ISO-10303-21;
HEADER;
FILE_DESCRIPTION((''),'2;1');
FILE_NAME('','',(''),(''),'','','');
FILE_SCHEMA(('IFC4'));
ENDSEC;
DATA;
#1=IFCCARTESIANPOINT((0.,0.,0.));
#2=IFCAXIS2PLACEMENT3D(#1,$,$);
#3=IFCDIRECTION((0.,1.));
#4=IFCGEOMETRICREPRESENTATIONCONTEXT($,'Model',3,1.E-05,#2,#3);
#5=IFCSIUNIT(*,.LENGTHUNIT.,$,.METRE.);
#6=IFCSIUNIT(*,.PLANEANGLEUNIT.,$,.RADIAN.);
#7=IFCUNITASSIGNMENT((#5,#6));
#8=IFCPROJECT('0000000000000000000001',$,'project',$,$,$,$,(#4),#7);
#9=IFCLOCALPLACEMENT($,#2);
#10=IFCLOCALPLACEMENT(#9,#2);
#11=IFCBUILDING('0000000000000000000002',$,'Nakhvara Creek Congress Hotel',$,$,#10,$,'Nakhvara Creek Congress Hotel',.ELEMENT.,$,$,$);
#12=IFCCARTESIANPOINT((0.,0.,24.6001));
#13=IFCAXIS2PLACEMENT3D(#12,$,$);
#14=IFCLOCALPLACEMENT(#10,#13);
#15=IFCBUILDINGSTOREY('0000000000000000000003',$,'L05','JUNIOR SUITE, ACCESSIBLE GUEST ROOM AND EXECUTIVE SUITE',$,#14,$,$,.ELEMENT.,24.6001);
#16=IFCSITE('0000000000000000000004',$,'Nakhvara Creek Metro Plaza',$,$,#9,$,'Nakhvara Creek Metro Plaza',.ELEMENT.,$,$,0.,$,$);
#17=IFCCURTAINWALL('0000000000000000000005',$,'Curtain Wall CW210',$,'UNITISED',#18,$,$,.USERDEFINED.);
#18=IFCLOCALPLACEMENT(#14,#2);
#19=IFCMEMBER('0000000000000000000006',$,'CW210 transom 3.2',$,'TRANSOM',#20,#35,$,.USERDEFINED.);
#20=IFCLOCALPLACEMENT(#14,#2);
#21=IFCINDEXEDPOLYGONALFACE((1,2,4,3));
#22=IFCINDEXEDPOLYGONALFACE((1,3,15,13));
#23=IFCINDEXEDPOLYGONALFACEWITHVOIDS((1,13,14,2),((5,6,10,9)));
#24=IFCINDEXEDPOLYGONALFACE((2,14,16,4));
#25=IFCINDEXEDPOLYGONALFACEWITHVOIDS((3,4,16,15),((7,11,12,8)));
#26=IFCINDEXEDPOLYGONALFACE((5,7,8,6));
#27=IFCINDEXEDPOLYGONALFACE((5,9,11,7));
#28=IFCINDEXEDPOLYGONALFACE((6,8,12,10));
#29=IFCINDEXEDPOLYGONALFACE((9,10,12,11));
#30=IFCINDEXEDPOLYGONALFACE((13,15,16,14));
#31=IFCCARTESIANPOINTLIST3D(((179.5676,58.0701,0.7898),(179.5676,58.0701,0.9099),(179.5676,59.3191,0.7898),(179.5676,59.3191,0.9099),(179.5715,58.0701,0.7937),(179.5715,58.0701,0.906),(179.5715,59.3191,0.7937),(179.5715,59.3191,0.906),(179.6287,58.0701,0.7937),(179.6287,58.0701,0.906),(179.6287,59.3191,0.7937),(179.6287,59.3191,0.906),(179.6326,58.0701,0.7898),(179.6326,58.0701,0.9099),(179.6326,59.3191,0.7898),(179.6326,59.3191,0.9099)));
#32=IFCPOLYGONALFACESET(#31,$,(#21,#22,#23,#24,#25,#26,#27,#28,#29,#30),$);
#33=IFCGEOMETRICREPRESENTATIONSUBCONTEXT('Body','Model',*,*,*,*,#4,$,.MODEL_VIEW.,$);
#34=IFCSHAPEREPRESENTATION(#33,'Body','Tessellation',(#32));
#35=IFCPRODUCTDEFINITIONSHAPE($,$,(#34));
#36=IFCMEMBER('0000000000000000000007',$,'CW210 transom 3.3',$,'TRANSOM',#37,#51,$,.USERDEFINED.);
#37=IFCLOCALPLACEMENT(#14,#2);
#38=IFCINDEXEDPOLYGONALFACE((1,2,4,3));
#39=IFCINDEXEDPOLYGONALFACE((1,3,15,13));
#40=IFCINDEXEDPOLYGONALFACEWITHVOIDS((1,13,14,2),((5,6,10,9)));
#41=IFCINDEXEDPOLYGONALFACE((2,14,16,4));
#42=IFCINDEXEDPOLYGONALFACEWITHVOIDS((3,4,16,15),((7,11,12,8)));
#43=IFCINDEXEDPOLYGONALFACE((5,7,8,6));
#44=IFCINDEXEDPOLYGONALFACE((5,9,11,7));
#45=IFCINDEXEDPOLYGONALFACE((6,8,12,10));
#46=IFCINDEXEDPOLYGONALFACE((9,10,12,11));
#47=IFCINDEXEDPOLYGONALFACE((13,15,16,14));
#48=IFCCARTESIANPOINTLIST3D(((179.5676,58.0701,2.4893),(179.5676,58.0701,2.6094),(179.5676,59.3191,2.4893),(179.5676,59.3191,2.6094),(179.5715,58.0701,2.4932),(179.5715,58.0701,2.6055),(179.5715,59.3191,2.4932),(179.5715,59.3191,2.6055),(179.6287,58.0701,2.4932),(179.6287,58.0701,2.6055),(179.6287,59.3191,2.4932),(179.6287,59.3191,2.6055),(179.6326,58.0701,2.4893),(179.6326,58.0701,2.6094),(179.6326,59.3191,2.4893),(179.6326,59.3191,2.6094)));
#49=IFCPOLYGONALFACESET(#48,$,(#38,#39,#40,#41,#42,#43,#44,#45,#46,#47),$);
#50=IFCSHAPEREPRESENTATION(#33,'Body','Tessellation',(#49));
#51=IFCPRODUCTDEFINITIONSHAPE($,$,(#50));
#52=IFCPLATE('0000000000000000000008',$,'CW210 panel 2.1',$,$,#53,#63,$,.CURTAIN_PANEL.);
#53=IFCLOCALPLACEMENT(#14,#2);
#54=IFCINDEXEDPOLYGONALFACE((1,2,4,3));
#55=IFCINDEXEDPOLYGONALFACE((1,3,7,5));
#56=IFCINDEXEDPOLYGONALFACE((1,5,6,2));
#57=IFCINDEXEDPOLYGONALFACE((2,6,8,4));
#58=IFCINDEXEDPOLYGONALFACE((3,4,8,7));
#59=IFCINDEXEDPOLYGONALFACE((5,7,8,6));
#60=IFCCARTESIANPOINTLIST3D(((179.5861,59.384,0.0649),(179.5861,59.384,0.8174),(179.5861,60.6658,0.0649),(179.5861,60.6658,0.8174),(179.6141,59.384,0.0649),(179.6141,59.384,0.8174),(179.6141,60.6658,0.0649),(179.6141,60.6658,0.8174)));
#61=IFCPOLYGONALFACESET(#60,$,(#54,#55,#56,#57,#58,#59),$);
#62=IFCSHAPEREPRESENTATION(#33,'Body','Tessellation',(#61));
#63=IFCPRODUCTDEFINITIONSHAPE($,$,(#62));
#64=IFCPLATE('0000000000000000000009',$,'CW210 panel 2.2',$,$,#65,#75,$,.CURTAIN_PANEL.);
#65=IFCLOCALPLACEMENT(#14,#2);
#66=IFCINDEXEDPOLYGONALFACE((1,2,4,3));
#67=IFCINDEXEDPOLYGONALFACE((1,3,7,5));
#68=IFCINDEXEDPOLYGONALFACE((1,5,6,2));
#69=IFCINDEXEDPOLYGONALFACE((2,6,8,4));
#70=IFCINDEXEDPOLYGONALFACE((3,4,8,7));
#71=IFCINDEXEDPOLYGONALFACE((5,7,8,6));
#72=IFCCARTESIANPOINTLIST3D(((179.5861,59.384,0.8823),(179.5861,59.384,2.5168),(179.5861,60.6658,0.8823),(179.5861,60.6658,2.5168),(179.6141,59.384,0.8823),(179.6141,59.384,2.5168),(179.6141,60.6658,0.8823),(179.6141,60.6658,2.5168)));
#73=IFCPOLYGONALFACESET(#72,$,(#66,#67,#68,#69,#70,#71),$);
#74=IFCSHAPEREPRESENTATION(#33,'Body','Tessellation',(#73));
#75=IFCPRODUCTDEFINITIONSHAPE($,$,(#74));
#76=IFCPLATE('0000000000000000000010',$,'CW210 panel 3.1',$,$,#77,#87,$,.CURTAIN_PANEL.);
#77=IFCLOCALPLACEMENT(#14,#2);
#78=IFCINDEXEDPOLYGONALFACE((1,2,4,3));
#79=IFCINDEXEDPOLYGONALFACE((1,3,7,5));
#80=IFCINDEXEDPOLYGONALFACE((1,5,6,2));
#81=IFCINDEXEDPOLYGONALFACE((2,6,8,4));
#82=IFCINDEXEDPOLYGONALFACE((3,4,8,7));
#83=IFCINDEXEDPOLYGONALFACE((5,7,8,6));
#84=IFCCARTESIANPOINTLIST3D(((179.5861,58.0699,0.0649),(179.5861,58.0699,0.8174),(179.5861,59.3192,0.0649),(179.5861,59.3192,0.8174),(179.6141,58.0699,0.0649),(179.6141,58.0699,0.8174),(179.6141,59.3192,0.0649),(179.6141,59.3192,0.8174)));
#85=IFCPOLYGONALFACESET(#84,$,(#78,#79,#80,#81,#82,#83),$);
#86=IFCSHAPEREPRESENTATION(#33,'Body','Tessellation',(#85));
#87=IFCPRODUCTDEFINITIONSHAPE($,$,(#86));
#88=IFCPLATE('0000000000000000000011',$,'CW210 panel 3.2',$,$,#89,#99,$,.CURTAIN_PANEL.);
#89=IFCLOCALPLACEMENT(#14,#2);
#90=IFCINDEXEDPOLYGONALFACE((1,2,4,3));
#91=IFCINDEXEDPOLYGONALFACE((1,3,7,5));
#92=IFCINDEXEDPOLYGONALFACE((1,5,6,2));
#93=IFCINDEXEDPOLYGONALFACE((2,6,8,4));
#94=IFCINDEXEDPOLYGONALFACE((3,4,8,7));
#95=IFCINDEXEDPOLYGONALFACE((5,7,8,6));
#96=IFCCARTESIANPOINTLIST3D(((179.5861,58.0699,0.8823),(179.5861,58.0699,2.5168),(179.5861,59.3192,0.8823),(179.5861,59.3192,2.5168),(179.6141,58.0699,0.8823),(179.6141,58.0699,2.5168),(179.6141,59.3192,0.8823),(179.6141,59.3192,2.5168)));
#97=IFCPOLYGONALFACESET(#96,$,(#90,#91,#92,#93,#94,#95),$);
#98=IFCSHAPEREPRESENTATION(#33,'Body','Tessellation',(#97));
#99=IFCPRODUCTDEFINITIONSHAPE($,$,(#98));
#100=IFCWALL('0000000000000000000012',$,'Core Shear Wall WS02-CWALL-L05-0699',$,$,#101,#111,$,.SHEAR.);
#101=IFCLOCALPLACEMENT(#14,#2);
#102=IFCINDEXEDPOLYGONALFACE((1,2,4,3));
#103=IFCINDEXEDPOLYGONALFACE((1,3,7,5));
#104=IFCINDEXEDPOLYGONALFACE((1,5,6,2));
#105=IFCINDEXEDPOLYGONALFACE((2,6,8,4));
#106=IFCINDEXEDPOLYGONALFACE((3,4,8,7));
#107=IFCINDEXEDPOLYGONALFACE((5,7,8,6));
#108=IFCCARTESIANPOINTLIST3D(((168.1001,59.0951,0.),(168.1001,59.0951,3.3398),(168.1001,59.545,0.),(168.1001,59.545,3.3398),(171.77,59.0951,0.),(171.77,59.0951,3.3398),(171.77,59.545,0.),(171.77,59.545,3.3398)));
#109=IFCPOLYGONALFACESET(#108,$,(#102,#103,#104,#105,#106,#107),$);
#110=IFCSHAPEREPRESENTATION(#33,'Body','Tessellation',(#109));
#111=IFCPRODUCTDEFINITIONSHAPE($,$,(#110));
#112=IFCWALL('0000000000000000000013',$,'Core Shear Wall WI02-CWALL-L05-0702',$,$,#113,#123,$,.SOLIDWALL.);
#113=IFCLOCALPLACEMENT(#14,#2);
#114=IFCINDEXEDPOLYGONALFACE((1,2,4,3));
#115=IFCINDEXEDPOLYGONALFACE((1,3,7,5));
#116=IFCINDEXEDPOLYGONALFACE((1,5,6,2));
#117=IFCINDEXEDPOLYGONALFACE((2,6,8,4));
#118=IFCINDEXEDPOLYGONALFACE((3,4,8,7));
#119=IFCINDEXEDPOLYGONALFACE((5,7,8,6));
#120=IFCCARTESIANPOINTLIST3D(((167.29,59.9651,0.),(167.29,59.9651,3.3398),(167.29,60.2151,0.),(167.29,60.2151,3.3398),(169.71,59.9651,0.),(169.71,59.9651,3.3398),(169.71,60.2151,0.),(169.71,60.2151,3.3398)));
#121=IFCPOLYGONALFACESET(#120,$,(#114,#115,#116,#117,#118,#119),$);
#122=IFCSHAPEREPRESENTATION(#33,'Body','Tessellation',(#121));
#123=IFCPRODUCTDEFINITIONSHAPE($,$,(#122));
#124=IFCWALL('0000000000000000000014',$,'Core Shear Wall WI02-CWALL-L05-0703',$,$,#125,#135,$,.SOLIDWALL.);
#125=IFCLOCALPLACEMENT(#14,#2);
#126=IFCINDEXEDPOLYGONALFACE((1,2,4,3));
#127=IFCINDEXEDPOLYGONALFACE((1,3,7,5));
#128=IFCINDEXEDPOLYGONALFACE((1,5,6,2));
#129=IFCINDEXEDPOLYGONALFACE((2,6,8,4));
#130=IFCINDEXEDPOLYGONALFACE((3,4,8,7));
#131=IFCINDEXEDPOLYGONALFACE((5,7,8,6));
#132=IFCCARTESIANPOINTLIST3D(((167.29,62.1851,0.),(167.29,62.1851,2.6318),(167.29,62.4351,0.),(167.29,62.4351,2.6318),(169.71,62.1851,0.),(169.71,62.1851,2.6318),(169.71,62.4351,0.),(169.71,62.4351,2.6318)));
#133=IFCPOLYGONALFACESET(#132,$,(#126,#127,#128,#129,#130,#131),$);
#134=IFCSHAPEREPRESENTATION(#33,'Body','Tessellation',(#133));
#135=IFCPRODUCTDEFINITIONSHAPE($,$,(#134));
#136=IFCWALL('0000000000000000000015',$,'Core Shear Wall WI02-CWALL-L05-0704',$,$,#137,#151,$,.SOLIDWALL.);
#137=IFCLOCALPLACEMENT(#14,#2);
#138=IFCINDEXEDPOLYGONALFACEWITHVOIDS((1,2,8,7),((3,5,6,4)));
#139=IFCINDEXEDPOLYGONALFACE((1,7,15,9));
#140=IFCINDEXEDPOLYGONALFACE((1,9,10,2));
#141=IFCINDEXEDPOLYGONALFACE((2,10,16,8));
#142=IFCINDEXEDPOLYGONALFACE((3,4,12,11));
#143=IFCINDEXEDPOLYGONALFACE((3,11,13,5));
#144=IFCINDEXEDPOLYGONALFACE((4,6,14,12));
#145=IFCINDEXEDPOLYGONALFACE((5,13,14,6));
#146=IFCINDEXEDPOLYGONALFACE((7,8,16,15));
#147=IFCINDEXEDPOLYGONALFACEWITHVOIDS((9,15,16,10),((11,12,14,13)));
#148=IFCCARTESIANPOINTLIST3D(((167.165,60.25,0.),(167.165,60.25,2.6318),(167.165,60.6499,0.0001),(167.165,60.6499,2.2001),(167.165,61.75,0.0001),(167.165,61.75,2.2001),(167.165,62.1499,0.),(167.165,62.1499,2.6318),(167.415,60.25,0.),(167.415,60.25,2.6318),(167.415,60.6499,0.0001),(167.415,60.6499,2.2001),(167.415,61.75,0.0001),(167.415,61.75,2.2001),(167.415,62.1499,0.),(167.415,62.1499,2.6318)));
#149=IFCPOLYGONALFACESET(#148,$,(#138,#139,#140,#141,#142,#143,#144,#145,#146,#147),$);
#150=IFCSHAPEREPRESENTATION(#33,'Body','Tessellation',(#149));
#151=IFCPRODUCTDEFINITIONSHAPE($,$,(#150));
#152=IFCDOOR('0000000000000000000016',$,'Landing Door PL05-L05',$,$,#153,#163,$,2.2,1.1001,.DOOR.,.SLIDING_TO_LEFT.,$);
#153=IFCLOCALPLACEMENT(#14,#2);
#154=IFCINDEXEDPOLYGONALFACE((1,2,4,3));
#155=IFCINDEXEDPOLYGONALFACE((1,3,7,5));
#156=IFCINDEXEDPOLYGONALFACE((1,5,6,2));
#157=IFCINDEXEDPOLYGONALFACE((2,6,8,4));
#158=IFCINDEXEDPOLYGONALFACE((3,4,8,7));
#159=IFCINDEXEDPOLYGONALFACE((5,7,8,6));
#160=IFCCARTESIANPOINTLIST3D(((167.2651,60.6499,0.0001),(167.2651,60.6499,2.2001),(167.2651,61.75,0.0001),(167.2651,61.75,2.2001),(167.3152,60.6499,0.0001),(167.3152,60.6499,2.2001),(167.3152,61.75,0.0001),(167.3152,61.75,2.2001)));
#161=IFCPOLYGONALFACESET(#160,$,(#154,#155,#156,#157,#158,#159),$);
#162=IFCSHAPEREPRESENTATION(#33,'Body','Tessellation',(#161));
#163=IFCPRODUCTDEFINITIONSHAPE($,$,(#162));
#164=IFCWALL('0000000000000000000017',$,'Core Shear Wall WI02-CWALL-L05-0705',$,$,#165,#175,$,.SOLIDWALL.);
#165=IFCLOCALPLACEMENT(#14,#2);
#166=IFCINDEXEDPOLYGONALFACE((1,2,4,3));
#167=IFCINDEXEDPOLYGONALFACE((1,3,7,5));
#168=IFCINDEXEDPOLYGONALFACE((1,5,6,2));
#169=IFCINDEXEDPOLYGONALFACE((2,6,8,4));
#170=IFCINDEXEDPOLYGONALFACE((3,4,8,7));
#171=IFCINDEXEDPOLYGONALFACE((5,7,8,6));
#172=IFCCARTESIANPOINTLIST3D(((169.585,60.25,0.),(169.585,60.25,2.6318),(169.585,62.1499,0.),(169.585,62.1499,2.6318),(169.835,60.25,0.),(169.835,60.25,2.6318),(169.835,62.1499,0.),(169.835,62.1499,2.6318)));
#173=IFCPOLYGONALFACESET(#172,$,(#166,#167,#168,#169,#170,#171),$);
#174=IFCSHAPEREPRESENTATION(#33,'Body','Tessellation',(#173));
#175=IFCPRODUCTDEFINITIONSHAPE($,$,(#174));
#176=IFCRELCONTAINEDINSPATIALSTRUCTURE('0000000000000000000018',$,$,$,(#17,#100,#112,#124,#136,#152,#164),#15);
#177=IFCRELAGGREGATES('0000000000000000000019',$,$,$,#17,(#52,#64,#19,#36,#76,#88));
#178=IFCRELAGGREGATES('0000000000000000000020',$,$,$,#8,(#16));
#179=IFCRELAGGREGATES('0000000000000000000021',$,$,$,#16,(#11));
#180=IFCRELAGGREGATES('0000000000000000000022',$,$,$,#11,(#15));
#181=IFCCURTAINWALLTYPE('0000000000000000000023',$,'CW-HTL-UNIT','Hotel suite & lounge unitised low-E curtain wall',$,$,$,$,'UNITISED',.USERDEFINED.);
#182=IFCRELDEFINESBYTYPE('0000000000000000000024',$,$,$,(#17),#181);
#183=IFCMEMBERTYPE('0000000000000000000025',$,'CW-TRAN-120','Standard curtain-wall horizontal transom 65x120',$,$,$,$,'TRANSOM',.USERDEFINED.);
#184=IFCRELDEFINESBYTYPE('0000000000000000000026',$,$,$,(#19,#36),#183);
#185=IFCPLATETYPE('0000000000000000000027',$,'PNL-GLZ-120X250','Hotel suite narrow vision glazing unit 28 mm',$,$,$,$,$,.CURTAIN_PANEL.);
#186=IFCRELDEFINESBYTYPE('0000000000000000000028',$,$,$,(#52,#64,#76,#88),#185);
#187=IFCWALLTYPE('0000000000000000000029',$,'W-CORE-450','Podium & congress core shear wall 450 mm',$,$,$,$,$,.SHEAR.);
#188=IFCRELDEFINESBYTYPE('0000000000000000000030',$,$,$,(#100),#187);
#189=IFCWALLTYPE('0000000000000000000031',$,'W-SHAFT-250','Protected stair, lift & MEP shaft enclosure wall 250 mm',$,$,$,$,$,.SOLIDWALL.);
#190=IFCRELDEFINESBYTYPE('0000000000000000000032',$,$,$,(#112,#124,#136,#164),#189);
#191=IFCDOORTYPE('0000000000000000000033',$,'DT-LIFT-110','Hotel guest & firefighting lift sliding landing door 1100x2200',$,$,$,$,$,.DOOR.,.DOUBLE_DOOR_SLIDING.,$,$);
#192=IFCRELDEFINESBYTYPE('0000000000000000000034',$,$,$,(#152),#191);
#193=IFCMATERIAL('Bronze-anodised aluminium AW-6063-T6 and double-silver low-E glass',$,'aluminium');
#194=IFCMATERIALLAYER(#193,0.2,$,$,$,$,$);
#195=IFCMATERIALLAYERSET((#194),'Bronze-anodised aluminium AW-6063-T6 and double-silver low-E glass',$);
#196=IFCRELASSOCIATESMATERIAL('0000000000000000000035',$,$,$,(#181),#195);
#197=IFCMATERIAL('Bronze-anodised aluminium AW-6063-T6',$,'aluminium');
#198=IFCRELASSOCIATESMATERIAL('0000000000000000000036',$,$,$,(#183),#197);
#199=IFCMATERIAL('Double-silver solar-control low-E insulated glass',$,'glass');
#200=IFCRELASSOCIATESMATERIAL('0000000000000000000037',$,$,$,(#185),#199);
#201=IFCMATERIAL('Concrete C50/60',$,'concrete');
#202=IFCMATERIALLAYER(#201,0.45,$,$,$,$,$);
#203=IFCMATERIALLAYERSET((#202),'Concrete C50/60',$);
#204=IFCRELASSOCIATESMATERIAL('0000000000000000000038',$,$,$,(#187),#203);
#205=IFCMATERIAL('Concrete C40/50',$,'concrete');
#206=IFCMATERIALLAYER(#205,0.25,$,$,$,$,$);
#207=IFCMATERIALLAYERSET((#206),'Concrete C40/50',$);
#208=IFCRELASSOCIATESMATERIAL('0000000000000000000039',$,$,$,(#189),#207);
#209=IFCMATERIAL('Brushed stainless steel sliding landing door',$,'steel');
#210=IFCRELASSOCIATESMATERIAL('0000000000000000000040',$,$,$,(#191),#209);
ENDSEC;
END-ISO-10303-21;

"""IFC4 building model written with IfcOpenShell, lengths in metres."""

from ifc_helpers import new_model, si_unit, direction, frame, frame_2d, origin, origin_2d, place, context, subcontext, project, spatial, rectangle, hollow_rectangle, extrude, material, layer, layer_set, material_profile, profile_set, type_object, element, fill, aggregate, save


model = new_model("IFC4")

# Units and contexts
model_context = context("Model", 3, precision=1e-05, world=origin(), true_north=direction((0.0, 1.0)))
body_context = subcontext(model_context, "Body", "Model", "MODEL_VIEW")
ifc_project = project(units=[si_unit("LENGTHUNIT", "METRE"), si_unit("PLANEANGLEUNIT", "RADIAN")], contexts=[model_context])

# Site, building, storey
site_placement = place(None, origin())
site = spatial("IfcSite", under=ifc_project, at=site_placement, Name="Nakhvara Creek Metro Plaza", LongName="Nakhvara Creek Metro Plaza", CompositionType="ELEMENT", RefElevation=0.0)
building_placement = place(site_placement, origin())
building = spatial("IfcBuilding", under=site, at=building_placement, Name="Nakhvara Creek Congress Hotel", LongName="Nakhvara Creek Congress Hotel", CompositionType="ELEMENT")
storey_placement = place(building_placement, frame((0.0, 0.0, 24.6001)))
storey = spatial("IfcBuildingStorey", under=building, at=storey_placement, Name="L05", Description="JUNIOR SUITE, ACCESSIBLE GUEST ROOM AND EXECUTIVE SUITE", CompositionType="ELEMENT", Elevation=24.6001)

# Shared definitions
ifc_material_1 = material(Name="Concrete C50/60", Category="concrete")

# Shared definitions
ifc_material_2 = material(Name="Concrete C40/50", Category="concrete")

# Curtain wall, members, plates
ifc_material_3 = material(Name="Bronze-anodised aluminium AW-6063-T6 and double-silver low-E glass", Category="aluminium")
ifc_layer_1 = layer(ifc_material_3, 0.2)
ifc_layer_set_1 = layer_set([ifc_layer_1], Name="Bronze-anodised aluminium AW-6063-T6 and double-silver low-E glass")
curtain_wall_type = type_object("IfcCurtainWallType", Name="CW-HTL-UNIT", Description="Hotel suite & lounge unitised low-E curtain wall", ElementType="UNITISED", PredefinedType="USERDEFINED", material=ifc_layer_set_1)
curtain_wall_placement = place(storey_placement, origin())
curtain_wall = element("IfcCurtainWall", 1, at=curtain_wall_placement, inside=storey, type_object=curtain_wall_type, Name="Curtain Wall CW210", ObjectType="UNITISED", PredefinedType="USERDEFINED")
ifc_material_4 = material(Name="Bronze-anodised aluminium AW-6063-T6", Category="aluminium")
ifc_material_profile_1 = material_profile(ifc_material_4, hollow_rectangle(XDim=0.0649, YDim=0.1201, WallThickness=0.0039, at=origin_2d()), Name="ALU-TRAN 65x120x4", Category="LoadBearing")
ifc_profile_set_1 = profile_set([ifc_material_profile_1], Name="Bronze-anodised aluminium AW-6063-T6")
member_type_1 = type_object("IfcMemberType", Name="CW-TRAN-120", Description="Standard curtain-wall horizontal transom 65x120", ElementType="TRANSOM", PredefinedType="USERDEFINED", material=ifc_profile_set_1)
member_1_placement = place(storey_placement, frame((179.6001, 59.3191, 0.8499), z_axis=(0.0, -1.0, 0.0), x_axis=(1.0, 0.0, 0.0)))
member_1 = element("IfcMember", 2, at=member_1_placement, type_object=member_type_1, Name="CW210 transom 3.2", ObjectType="TRANSOM", PredefinedType="USERDEFINED", context=body_context, shape_type="SweptSolid", body=[
    extrude(hollow_rectangle(XDim=0.0649, YDim=0.1201, WallThickness=0.0039, at=origin_2d()), origin(), (0.0, 0.0, 1.0), 1.249),
])
member_2_placement = place(storey_placement, frame((179.6001, 59.3191, 2.5493), z_axis=(0.0, -1.0, 0.0), x_axis=(1.0, 0.0, 0.0)))
member_2 = element("IfcMember", 3, at=member_2_placement, type_object=member_type_1, Name="CW210 transom 3.3", ObjectType="TRANSOM", PredefinedType="USERDEFINED", context=body_context, shape_type="SweptSolid", body=[
    extrude(hollow_rectangle(XDim=0.0649, YDim=0.1201, WallThickness=0.0039, at=origin_2d()), origin(), (0.0, 0.0, 1.0), 1.249),
])
ifc_material_5 = material(Name="Double-silver solar-control low-E insulated glass", Category="glass")
plate_type = type_object("IfcPlateType", Name="PNL-GLZ-120X250", Description="Hotel suite narrow vision glazing unit 28 mm", PredefinedType="CURTAIN_PANEL", material=ifc_material_5)
plate_1_placement = place(storey_placement, frame((179.6001, 60.0249, 0.0649), z_axis=(0.0, 0.0, 1.0), x_axis=(0.0, -1.0, 0.0)))
plate_1 = element("IfcPlate", 4, at=plate_1_placement, type_object=plate_type, Name="CW210 panel 2.1", PredefinedType="CURTAIN_PANEL", context=body_context, shape_type="SweptSolid", body=[
    extrude(rectangle(XDim=1.2817, YDim=0.0281, at=origin_2d()), origin(), (0.0, 0.0, 1.0), 0.7524),
])
plate_2_placement = place(storey_placement, frame((179.6001, 60.0249, 0.8823), z_axis=(0.0, 0.0, 1.0), x_axis=(0.0, -1.0, 0.0)))
plate_2 = element("IfcPlate", 5, at=plate_2_placement, type_object=plate_type, Name="CW210 panel 2.2", PredefinedType="CURTAIN_PANEL", context=body_context, shape_type="SweptSolid", body=[
    extrude(rectangle(XDim=1.2817, YDim=0.0281, at=origin_2d()), origin(), (0.0, 0.0, 1.0), 1.6345),
])
plate_3_placement = place(storey_placement, frame((179.6001, 58.6946, 0.0649), z_axis=(0.0, 0.0, 1.0), x_axis=(0.0, -1.0, 0.0)))
plate_3 = element("IfcPlate", 6, at=plate_3_placement, type_object=plate_type, Name="CW210 panel 3.1", PredefinedType="CURTAIN_PANEL", context=body_context, shape_type="SweptSolid", body=[
    extrude(rectangle(XDim=1.2493, YDim=0.0281, at=origin_2d()), origin(), (0.0, 0.0, 1.0), 0.7524),
])
plate_4_placement = place(storey_placement, frame((179.6001, 58.6946, 0.8823), z_axis=(0.0, 0.0, 1.0), x_axis=(0.0, -1.0, 0.0)))
plate_4 = element("IfcPlate", 7, at=plate_4_placement, type_object=plate_type, Name="CW210 panel 3.2", PredefinedType="CURTAIN_PANEL", context=body_context, shape_type="SweptSolid", body=[
    extrude(rectangle(XDim=1.2493, YDim=0.0281, at=origin_2d()), origin(), (0.0, 0.0, 1.0), 1.6345),
])
aggregate(curtain_wall, [plate_1, plate_2, member_1, member_2, plate_3, plate_4])

# Walls
ifc_layer_2 = layer(ifc_material_1, 0.45)
ifc_layer_set_2 = layer_set([ifc_layer_2], Name="Concrete C50/60")
wall_type_1 = type_object("IfcWallType", Name="W-CORE-450", Description="Podium & congress core shear wall 450 mm", PredefinedType="SHEAR", material=ifc_layer_set_2)
wall_1_placement = place(storey_placement, frame((168.1001, 59.3201, 0.0), z_axis=(0.0, 0.0, 1.0), x_axis=(1.0, 0.0, 0.0)))
element("IfcWall", 8, at=wall_1_placement, inside=storey, type_object=wall_type_1, Name="Core Shear Wall WS02-CWALL-L05-0699", PredefinedType="SHEAR", context=body_context, shape_type="SweptSolid", body=[
    extrude(rectangle(XDim=3.6699, YDim=0.45, at=frame_2d((1.835, 0.0))), origin(), (0.0, 0.0, 1.0), 3.3398),
])
ifc_layer_3 = layer(ifc_material_2, 0.25)
ifc_layer_set_3 = layer_set([ifc_layer_3], Name="Concrete C40/50")
wall_type_2 = type_object("IfcWallType", Name="W-SHAFT-250", Description="Protected stair, lift & MEP shaft enclosure wall 250 mm", PredefinedType="SOLIDWALL", material=ifc_layer_set_3)
wall_2_placement = place(storey_placement, frame((167.29, 60.0901, 0.0), z_axis=(0.0, 0.0, 1.0), x_axis=(1.0, 0.0, 0.0)))
element("IfcWall", 9, at=wall_2_placement, inside=storey, type_object=wall_type_2, Name="Core Shear Wall WI02-CWALL-L05-0702", PredefinedType="SOLIDWALL", context=body_context, shape_type="SweptSolid", body=[
    extrude(rectangle(XDim=2.4199, YDim=0.25, at=frame_2d((1.21, 0.0))), origin(), (0.0, 0.0, 1.0), 3.3398),
])
wall_3_placement = place(storey_placement, frame((167.29, 62.3101, 0.0), z_axis=(0.0, 0.0, 1.0), x_axis=(1.0, 0.0, 0.0)))
element("IfcWall", 10, at=wall_3_placement, inside=storey, type_object=wall_type_2, Name="Core Shear Wall WI02-CWALL-L05-0703", PredefinedType="SOLIDWALL", context=body_context, shape_type="SweptSolid", body=[
    extrude(rectangle(XDim=2.4199, YDim=0.25, at=frame_2d((1.21, 0.0))), origin(), (0.0, 0.0, 1.0), 2.6318),
])

# Wall, opening, door
wall_4_placement = place(storey_placement, frame((167.29, 60.25, 0.0), z_axis=(0.0, 0.0, 1.0), x_axis=(0.0, 1.0, 0.0)))
wall_4 = element("IfcWall", 11, at=wall_4_placement, inside=storey, type_object=wall_type_2, Name="Core Shear Wall WI02-CWALL-L05-0704", PredefinedType="SOLIDWALL", context=body_context, shape_type="SweptSolid", body=[
    extrude(rectangle(XDim=1.8999, YDim=0.25, at=frame_2d((0.95, 0.0))), origin(), (0.0, 0.0, 1.0), 2.6318),
])
opening_1_placement = place(wall_4_placement, frame((0.3999, 0.0, 0.0)))
opening_1 = element("IfcOpeningElement", 12, at=opening_1_placement, cuts=wall_4, PredefinedType="OPENING", context=body_context, shape_type="SweptSolid", body=[
    extrude(rectangle(XDim=1.1001, YDim=2.2, at=frame_2d((0.55, 1.1001))), frame((0.0, 0.137, 0.0), z_axis=(0.0, -1.0, 0.0), x_axis=(1.0, 0.0, 0.0)), (0.0, 0.0, 1.0), 0.2739),
])
ifc_material_6 = material(Name="Brushed stainless steel sliding landing door", Category="steel")
door_type = type_object("IfcDoorType", Name="DT-LIFT-110", Description="Hotel guest & firefighting lift sliding landing door 1100x2200", OperationType="DOUBLE_DOOR_SLIDING", PredefinedType="DOOR", material=ifc_material_6)
door_1_placement = place(opening_1_placement, origin())
door_1 = element("IfcDoor", 13, at=door_1_placement, inside=storey, type_object=door_type, Name="Landing Door PL05-L05", OperationType="SLIDING_TO_LEFT", OverallHeight=2.2, OverallWidth=1.1001, PredefinedType="DOOR", context=body_context, shape_type="SweptSolid", body=[
    extrude(rectangle(XDim=1.1001, YDim=2.2, at=frame_2d((0.55, 1.1001))), frame((0.0, 0.0249, 0.0), z_axis=(0.0, -1.0, 0.0), x_axis=(1.0, 0.0, 0.0)), (0.0, 0.0, 1.0), 0.05),
])
fill(opening_1, door_1)

# Wall
wall_5_placement = place(storey_placement, frame((169.71, 60.25, 0.0), z_axis=(0.0, 0.0, 1.0), x_axis=(0.0, 1.0, 0.0)))
element("IfcWall", 14, at=wall_5_placement, inside=storey, type_object=wall_type_2, Name="Core Shear Wall WI02-CWALL-L05-0705", PredefinedType="SOLIDWALL", context=body_context, shape_type="SweptSolid", body=[
    extrude(rectangle(XDim=1.8999, YDim=0.25, at=frame_2d((0.95, 0.0))), origin(), (0.0, 0.0, 1.0), 2.6318),
])

save(model, "model.ifc")
